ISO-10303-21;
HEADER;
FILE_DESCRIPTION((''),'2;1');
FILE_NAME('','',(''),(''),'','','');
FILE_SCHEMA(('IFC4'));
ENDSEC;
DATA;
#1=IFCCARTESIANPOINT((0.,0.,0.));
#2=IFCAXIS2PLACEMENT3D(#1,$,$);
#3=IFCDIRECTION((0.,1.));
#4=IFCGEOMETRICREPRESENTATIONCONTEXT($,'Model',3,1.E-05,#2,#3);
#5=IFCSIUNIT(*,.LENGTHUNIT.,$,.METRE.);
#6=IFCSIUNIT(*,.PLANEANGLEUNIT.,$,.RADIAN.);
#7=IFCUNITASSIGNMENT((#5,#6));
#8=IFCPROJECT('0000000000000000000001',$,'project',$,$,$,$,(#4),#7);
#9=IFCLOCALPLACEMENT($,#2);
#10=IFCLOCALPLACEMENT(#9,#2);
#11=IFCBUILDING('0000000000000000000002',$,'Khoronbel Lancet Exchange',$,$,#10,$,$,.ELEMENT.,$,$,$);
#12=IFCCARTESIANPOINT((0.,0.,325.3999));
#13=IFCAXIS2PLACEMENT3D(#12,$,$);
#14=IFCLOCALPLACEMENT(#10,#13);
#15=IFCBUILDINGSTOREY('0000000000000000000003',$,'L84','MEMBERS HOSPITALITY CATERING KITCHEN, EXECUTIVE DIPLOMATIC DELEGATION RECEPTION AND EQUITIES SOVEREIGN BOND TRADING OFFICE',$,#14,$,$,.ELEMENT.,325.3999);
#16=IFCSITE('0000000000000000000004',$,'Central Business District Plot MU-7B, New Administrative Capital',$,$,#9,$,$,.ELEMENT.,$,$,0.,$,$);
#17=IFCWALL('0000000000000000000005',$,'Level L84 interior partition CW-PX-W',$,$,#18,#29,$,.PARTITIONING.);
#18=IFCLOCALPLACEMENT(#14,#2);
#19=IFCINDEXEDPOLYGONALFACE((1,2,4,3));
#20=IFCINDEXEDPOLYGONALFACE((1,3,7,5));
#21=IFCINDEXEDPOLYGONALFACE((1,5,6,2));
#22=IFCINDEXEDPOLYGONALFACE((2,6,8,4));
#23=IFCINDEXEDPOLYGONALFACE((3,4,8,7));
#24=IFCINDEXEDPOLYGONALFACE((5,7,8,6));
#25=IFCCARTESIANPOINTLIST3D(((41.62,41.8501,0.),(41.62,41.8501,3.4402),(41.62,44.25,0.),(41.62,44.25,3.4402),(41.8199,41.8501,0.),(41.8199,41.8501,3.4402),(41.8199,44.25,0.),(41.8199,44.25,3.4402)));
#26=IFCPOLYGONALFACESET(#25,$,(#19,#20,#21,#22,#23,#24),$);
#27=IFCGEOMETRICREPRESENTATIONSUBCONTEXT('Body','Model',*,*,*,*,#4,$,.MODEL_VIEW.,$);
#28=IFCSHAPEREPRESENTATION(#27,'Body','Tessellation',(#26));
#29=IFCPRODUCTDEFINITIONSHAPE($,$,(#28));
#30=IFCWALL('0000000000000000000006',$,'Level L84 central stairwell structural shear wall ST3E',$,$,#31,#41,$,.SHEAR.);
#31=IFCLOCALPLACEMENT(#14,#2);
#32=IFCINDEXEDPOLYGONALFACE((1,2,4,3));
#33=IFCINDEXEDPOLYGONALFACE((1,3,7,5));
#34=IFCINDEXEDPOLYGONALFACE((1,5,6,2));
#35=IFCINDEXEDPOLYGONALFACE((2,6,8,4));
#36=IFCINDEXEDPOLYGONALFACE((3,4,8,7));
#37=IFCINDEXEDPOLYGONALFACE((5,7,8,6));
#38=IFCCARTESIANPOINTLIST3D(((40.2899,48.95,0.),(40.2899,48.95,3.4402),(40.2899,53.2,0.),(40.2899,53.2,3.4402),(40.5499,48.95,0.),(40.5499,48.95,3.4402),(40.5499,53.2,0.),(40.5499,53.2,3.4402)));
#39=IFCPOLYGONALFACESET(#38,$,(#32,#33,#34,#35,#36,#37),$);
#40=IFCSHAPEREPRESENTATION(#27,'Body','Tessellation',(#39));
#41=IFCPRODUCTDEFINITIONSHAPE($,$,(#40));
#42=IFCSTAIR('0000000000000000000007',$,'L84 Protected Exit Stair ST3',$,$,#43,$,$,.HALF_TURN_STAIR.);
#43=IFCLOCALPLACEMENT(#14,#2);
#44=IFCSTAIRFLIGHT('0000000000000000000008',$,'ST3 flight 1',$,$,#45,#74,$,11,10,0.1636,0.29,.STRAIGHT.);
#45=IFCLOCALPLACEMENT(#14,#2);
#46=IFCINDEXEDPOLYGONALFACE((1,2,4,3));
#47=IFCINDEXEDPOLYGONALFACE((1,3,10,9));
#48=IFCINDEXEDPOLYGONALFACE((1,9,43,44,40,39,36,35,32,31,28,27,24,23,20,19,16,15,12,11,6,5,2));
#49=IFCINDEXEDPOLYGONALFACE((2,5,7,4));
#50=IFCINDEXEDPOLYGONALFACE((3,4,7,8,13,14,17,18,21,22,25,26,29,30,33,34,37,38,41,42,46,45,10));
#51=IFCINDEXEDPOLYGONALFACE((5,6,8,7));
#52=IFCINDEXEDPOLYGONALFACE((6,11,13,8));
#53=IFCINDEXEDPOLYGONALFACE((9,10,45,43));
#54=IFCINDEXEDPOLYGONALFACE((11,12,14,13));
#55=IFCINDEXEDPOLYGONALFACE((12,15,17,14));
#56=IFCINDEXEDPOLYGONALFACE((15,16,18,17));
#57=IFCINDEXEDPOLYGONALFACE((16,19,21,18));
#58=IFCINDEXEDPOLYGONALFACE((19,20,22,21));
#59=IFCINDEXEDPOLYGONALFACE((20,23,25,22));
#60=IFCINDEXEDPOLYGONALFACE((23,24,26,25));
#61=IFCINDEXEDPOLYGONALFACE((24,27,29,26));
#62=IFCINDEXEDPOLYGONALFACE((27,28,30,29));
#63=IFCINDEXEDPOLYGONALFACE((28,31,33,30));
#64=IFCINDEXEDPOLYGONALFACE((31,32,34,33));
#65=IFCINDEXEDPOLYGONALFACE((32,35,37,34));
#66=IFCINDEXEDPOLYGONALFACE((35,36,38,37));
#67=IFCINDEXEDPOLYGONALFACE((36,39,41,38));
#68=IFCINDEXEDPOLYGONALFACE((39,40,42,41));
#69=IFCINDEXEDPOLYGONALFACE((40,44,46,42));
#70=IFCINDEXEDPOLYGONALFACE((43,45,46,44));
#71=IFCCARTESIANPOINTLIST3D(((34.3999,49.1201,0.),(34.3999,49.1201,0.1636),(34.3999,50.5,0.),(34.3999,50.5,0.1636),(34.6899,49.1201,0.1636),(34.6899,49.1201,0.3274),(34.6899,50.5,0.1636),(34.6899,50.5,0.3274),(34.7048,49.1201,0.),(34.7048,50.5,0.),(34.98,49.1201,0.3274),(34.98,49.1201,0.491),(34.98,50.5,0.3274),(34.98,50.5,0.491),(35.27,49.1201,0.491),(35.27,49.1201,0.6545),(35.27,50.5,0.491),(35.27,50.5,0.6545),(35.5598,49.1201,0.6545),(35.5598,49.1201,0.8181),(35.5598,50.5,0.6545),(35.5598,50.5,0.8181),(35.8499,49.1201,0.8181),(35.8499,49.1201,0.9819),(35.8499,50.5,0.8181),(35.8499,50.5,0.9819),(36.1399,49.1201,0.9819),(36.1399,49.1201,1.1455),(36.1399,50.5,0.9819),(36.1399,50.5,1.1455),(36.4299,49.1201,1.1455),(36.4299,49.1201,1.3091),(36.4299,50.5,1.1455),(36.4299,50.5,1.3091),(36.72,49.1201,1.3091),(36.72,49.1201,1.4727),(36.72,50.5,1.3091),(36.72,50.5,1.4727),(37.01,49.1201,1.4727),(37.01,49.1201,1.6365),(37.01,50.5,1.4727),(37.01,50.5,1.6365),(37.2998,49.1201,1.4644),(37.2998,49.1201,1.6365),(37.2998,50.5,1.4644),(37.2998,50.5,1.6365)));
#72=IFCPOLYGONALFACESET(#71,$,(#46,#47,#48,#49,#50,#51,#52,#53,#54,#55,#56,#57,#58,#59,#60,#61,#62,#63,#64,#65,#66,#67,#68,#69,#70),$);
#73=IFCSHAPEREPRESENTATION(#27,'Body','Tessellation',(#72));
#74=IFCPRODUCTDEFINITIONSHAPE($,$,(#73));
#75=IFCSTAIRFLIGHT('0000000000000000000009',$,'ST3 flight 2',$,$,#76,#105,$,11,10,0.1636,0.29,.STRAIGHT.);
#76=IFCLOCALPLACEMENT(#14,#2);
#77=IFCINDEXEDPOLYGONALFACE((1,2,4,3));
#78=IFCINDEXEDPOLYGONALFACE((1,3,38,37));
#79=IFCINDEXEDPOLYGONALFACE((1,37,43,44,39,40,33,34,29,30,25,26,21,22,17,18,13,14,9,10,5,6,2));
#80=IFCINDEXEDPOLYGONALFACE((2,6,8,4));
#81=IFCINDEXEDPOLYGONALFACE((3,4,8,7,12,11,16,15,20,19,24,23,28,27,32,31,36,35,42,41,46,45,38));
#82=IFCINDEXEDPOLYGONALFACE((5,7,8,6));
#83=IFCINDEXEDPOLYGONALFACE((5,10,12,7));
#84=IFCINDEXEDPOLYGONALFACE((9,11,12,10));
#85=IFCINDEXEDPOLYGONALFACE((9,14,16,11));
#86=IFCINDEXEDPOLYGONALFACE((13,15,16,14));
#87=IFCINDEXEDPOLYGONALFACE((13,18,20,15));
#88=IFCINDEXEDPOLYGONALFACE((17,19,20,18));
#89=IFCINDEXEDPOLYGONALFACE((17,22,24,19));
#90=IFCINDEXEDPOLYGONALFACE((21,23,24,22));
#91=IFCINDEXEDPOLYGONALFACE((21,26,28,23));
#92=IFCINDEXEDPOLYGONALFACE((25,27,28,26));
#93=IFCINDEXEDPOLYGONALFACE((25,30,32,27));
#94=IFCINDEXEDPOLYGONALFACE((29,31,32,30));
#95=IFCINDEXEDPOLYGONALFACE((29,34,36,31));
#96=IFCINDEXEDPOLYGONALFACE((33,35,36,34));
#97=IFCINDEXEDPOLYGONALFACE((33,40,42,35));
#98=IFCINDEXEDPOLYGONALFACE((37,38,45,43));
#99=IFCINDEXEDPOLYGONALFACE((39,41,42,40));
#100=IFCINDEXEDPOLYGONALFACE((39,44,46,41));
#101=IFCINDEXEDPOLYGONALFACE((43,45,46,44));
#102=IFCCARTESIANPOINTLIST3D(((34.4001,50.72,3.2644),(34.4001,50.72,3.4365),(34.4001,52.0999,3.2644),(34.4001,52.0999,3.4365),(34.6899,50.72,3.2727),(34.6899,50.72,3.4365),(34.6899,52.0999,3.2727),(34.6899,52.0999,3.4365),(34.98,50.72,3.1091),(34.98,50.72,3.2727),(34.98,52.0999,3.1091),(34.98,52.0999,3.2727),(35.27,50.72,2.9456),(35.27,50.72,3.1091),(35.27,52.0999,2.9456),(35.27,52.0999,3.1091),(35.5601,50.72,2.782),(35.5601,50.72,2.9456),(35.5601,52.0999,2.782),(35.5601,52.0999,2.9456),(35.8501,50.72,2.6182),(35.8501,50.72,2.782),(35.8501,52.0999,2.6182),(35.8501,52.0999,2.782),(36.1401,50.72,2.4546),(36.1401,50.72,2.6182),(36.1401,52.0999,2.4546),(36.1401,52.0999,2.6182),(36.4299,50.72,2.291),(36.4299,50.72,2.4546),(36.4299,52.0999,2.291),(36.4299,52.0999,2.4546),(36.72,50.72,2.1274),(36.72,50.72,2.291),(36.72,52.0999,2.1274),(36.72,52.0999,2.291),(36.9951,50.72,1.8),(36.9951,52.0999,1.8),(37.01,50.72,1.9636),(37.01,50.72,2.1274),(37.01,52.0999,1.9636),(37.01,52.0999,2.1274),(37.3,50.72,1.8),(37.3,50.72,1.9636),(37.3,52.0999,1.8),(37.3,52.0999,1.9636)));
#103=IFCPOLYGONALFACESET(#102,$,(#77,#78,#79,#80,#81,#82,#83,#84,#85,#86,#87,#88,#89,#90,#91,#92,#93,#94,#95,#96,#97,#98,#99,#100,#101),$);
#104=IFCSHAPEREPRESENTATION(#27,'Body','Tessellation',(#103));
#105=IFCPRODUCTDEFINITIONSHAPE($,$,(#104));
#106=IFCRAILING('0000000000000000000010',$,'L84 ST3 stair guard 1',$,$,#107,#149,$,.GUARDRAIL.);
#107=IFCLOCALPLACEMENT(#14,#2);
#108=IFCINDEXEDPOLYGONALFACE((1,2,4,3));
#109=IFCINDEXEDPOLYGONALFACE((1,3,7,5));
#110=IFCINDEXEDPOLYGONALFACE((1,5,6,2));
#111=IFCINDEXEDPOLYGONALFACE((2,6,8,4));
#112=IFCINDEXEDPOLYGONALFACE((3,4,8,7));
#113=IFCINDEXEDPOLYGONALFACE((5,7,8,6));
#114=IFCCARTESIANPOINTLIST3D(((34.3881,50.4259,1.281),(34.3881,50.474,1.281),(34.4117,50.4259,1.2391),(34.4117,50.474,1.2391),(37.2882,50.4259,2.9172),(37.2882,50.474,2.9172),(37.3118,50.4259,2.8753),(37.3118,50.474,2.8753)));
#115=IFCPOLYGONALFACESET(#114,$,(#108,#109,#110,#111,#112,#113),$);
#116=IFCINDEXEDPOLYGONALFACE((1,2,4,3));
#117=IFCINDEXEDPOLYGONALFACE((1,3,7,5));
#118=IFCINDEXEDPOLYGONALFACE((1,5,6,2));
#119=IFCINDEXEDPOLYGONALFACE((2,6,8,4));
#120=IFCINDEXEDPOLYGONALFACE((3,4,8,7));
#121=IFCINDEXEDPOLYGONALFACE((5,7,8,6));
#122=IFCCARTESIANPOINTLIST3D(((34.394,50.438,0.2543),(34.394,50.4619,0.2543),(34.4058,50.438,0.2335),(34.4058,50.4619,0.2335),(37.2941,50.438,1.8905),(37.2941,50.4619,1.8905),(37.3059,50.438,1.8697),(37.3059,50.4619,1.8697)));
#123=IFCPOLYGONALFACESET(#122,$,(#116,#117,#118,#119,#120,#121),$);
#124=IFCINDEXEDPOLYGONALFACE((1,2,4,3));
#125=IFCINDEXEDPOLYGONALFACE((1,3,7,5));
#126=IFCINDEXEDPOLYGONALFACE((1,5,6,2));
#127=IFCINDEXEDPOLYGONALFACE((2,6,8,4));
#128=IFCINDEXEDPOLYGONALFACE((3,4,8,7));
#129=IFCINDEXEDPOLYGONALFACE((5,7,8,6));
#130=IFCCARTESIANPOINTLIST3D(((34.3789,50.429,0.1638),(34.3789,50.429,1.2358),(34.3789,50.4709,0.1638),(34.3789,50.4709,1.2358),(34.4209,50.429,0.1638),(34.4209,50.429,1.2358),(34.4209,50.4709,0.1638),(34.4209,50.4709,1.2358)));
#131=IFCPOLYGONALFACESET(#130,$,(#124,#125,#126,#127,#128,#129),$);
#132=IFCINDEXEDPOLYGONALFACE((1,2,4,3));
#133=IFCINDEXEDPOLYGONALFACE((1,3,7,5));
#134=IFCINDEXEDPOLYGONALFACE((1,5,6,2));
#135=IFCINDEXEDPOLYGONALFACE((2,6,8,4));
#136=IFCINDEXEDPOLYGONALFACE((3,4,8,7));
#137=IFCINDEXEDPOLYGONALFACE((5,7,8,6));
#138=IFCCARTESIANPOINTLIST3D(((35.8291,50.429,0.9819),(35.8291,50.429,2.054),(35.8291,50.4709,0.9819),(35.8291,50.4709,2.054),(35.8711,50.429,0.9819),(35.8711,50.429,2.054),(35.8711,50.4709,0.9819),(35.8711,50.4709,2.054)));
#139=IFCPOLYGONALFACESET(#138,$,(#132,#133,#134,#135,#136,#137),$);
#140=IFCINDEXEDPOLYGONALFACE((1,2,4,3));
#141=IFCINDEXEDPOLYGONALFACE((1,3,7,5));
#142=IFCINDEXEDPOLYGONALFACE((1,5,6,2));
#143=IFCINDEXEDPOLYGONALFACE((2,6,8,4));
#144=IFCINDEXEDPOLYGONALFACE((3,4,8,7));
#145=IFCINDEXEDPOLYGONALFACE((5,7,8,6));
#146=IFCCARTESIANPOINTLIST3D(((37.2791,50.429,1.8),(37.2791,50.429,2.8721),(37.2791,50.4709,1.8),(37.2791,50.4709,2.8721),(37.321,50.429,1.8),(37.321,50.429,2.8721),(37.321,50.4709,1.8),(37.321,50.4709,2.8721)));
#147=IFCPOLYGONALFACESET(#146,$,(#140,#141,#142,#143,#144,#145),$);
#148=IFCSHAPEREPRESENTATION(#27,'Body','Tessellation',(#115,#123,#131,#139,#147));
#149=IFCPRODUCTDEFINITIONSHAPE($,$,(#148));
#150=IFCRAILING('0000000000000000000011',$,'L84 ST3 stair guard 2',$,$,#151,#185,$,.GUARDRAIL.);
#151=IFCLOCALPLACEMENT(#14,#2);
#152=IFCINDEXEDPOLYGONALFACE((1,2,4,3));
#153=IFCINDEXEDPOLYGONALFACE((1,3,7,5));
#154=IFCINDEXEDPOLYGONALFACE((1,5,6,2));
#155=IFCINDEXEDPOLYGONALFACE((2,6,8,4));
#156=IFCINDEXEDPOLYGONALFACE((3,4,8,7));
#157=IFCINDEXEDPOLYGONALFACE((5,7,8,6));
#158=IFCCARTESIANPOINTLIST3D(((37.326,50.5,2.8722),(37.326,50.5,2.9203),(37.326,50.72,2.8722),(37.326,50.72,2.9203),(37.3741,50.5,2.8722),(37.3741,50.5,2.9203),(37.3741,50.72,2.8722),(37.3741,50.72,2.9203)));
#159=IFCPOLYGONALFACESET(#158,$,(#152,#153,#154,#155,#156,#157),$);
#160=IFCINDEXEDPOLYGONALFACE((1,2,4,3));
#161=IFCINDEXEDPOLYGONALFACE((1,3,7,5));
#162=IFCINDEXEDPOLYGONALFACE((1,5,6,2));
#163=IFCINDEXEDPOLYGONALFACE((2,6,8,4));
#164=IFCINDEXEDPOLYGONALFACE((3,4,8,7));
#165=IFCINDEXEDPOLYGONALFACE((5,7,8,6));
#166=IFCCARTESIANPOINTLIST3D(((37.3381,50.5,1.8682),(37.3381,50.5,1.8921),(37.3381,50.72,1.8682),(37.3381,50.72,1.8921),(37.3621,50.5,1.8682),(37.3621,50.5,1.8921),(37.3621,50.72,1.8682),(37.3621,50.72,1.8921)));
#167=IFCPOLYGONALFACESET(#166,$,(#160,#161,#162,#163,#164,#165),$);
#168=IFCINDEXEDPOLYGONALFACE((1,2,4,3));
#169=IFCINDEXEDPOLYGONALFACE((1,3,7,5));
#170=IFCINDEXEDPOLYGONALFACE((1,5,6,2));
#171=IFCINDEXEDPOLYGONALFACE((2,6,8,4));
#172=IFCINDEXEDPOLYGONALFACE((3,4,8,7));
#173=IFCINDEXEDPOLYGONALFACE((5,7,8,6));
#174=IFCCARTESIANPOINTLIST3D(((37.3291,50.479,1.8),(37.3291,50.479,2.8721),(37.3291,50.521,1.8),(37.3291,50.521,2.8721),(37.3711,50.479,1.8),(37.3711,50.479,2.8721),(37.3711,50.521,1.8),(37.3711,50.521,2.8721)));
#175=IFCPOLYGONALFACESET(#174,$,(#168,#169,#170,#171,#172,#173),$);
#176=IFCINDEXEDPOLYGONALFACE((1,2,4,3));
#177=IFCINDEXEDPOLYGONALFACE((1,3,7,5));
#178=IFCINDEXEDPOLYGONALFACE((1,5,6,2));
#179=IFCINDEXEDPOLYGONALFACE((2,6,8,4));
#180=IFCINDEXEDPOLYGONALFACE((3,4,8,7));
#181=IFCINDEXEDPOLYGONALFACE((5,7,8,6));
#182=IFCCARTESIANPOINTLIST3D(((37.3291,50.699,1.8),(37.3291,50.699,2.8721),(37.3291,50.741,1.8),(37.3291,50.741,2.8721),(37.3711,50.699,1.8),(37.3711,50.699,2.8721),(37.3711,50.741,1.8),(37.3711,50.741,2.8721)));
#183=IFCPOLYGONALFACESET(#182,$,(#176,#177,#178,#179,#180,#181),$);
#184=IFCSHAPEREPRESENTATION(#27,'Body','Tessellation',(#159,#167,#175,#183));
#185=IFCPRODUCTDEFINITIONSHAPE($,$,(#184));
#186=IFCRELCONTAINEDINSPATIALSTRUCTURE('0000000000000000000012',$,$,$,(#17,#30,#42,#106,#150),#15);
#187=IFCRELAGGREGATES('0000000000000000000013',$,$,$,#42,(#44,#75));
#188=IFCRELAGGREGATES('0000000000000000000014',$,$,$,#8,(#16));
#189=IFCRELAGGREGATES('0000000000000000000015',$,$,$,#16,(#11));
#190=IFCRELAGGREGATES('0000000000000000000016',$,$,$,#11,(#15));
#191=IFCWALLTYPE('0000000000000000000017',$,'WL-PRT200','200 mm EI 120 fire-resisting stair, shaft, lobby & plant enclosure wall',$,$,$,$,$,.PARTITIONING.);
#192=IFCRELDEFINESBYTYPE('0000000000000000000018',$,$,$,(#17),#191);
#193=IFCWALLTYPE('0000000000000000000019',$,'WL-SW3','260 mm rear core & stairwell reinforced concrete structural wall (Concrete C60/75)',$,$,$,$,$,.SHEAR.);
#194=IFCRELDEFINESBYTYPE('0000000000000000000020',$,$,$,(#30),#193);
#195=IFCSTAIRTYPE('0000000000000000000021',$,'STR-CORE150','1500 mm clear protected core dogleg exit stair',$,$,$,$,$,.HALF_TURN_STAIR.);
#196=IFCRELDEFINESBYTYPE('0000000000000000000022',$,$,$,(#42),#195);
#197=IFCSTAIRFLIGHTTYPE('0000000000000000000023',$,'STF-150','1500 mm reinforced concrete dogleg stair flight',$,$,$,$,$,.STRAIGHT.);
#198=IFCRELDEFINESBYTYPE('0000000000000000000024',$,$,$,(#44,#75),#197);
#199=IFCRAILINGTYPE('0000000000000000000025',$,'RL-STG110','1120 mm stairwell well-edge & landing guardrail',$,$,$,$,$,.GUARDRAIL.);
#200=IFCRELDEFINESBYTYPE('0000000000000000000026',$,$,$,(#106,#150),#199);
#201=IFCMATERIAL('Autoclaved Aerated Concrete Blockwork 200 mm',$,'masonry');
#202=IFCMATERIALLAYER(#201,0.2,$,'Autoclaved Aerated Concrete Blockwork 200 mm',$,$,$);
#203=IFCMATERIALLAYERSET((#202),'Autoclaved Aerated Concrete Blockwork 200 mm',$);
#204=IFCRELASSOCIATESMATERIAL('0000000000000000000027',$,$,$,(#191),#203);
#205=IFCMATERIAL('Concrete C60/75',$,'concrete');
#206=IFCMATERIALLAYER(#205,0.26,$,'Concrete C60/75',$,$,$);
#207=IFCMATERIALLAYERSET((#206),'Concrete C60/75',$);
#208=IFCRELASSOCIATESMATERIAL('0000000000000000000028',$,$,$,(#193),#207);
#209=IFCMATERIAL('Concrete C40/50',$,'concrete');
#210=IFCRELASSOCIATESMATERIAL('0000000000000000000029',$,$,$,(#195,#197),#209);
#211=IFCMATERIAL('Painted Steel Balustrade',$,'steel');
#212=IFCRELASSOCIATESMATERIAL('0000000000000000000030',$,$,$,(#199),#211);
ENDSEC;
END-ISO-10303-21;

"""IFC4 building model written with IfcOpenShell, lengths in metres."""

from ifc_helpers import new_model, si_unit, direction, frame, frame_2d, origin, origin_2d, place, context, subcontext, project, spatial, polyline, rectangle, outline, extrude, material, layer, layer_set, type_object, element, aggregate, save


model = new_model("IFC4")

# Units and contexts
model_context = context("Model", 3, precision=1e-05, world=origin(), true_north=direction((0.0, 1.0)))
body_context = subcontext(model_context, "Body", "Model", "MODEL_VIEW")
ifc_project = project(units=[si_unit("LENGTHUNIT", "METRE"), si_unit("PLANEANGLEUNIT", "RADIAN")], contexts=[model_context])

# Site, building, storey
site_placement = place(None, origin())
site = spatial("IfcSite", under=ifc_project, at=site_placement, Name="Central Business District Plot MU-7B, New Administrative Capital", CompositionType="ELEMENT", RefElevation=0.0)
building_placement = place(site_placement, origin())
building = spatial("IfcBuilding", under=site, at=building_placement, Name="Khoronbel Lancet Exchange", CompositionType="ELEMENT")
storey_placement = place(building_placement, frame((0.0, 0.0, 325.3999)))
storey = spatial("IfcBuildingStorey", under=building, at=storey_placement, Name="L84", Description="MEMBERS HOSPITALITY CATERING KITCHEN, EXECUTIVE DIPLOMATIC DELEGATION RECEPTION AND EQUITIES SOVEREIGN BOND TRADING OFFICE", CompositionType="ELEMENT", Elevation=325.3999)

# Shared definitions
ifc_material_1 = material(Name="Concrete C60/75", Category="concrete")

# Shared definitions
ifc_material_2 = material(Name="Autoclaved Aerated Concrete Blockwork 200 mm", Category="masonry")
ifc_layer_1 = layer(ifc_material_2, 0.2, Name="Autoclaved Aerated Concrete Blockwork 200 mm")
ifc_layer_set_1 = layer_set([ifc_layer_1], Name="Autoclaved Aerated Concrete Blockwork 200 mm")
wall_type_1 = type_object("IfcWallType", Name="WL-PRT200", Description="200 mm EI 120 fire-resisting stair, shaft, lobby & plant enclosure wall", PredefinedType="PARTITIONING", material=ifc_layer_set_1)

# Walls
wall_1_placement = place(storey_placement, frame((41.72, 41.8501, 0.0), z_axis=(0.0, 0.0, 1.0), x_axis=(0.0, 1.0, 0.0)))
element("IfcWall", 1, at=wall_1_placement, inside=storey, type_object=wall_type_1, Name="Level L84 interior partition CW-PX-W", PredefinedType="PARTITIONING", context=body_context, shape_type="SweptSolid", body=[
    extrude(rectangle(XDim=2.3999, YDim=0.2, at=frame_2d((1.2, 0.0))), origin(), (0.0, 0.0, 1.0), 3.4402),
])
ifc_layer_2 = layer(ifc_material_1, 0.26, Name="Concrete C60/75")
ifc_layer_set_2 = layer_set([ifc_layer_2], Name="Concrete C60/75")
wall_type_2 = type_object("IfcWallType", Name="WL-SW3", Description="260 mm rear core & stairwell reinforced concrete structural wall (Concrete C60/75)", PredefinedType="SHEAR", material=ifc_layer_set_2)
wall_2_placement = place(storey_placement, frame((40.4199, 48.95, 0.0), z_axis=(0.0, 0.0, 1.0), x_axis=(0.0, 1.0, 0.0)))
element("IfcWall", 2, at=wall_2_placement, inside=storey, type_object=wall_type_2, Name="Level L84 central stairwell structural shear wall ST3E", PredefinedType="SHEAR", context=body_context, shape_type="SweptSolid", body=[
    extrude(rectangle(XDim=4.25, YDim=0.26, at=frame_2d((2.125, 0.0))), origin(), (0.0, 0.0, 1.0), 3.4402),
])

# Stair, stair flights
ifc_material_3 = material(Name="Concrete C40/50", Category="concrete")
stair_type = type_object("IfcStairType", Name="STR-CORE150", Description="1500 mm clear protected core dogleg exit stair", PredefinedType="HALF_TURN_STAIR", material=ifc_material_3)
stair_placement = place(storey_placement, origin())
stair = element("IfcStair", 3, at=stair_placement, inside=storey, type_object=stair_type, Name="L84 Protected Exit Stair ST3", PredefinedType="HALF_TURN_STAIR")
stair_flight_type = type_object("IfcStairFlightType", Name="STF-150", Description="1500 mm reinforced concrete dogleg stair flight", PredefinedType="STRAIGHT", material=ifc_material_3)
stair_flight_1_placement = place(storey_placement, frame((34.3999, 49.8101, 0.0), z_axis=(0.0, 0.0, 1.0), x_axis=(1.0, 0.0, 0.0)))
stair_flight_1 = element("IfcStairFlight", 4, at=stair_flight_1_placement, type_object=stair_flight_type, Name="ST3 flight 1", NumberOfRisers=11, NumberOfTreads=10, PredefinedType="STRAIGHT", RiserHeight=0.1636, TreadLength=0.29, context=body_context, shape_type="SweptSolid", body=[
    extrude(outline(polyline([(0.0, 0.0), (0.0, 0.1636), (0.29, 0.1636), (0.29, 0.3274), (0.5801, 0.3274), (0.5801, 0.491), (0.8701, 0.491), (0.8701, 0.6545), (1.1599, 0.6545), (1.1599, 0.8181), (1.45, 0.8181), (1.45, 0.9819), (1.74, 0.9819), (1.74, 1.1455), (2.03, 1.1455), (2.03, 1.3091), (2.3201, 1.3091), (2.3201, 1.4727), (2.6101, 1.4727), (2.6101, 1.6365), (2.8999, 1.6365), (2.8999, 1.8), (2.8999, 1.4644), (0.3049, 0.0), (0.0, 0.0)])), frame((0.0, 0.6899, 0.0), z_axis=(0.0, -1.0, 0.0), x_axis=(1.0, 0.0, 0.0)), (0.0, 0.0, 1.0), 1.3799),
])
stair_flight_2_placement = place(storey_placement, frame((37.3, 51.4099, 1.8), z_axis=(0.0, 0.0, 1.0), x_axis=(-1.0, 0.0, 0.0)))
stair_flight_2 = element("IfcStairFlight", 5, at=stair_flight_2_placement, type_object=stair_flight_type, Name="ST3 flight 2", NumberOfRisers=11, NumberOfTreads=10, PredefinedType="STRAIGHT", RiserHeight=0.1636, TreadLength=0.29, context=body_context, shape_type="SweptSolid", body=[
    extrude(outline(polyline([(0.0, 0.0), (0.0, 0.1636), (0.29, 0.1636), (0.29, 0.3274), (0.5801, 0.3274), (0.5801, 0.491), (0.8701, 0.491), (0.8701, 0.6545), (1.1599, 0.6545), (1.1599, 0.8181), (1.45, 0.8181), (1.45, 0.9819), (1.74, 0.9819), (1.74, 1.1455), (2.03, 1.1455), (2.03, 1.3091), (2.3201, 1.3091), (2.3201, 1.4727), (2.6101, 1.4727), (2.6101, 1.6365), (2.8999, 1.6365), (2.8999, 1.8), (2.8999, 1.4644), (0.3049, 0.0), (0.0, 0.0)])), frame((0.0, 0.6899, 0.0), z_axis=(0.0, -1.0, 0.0), x_axis=(1.0, 0.0, 0.0)), (0.0, 0.0, 1.0), 1.3799),
])
aggregate(stair, [stair_flight_1, stair_flight_2])

# Railings
ifc_material_4 = material(Name="Painted Steel Balustrade", Category="steel")
railing_type_1 = type_object("IfcRailingType", Name="RL-STG110", Description="1120 mm stairwell well-edge & landing guardrail", PredefinedType="GUARDRAIL", material=ifc_material_4)
railing_1_placement = place(storey_placement, frame((34.3999, 50.45, 0.1638)))
element("IfcRailing", 6, at=railing_1_placement, inside=storey, type_object=railing_type_1, Name="L84 ST3 stair guard 1", PredefinedType="GUARDRAIL", context=body_context, shape_type="SweptSolid", body=[
    extrude(rectangle(XDim=0.0481, YDim=0.0481, at=origin_2d()), frame((0.0, 0.0, 1.0962), z_axis=(0.870946, 0.0, 0.491378), x_axis=(0.0, 1.0, 0.0)), (0.0, 0.0, 1.0), 3.3298),
    extrude(rectangle(XDim=0.0239, YDim=0.0239, at=origin_2d()), frame((0.0, 0.0, 0.0801), z_axis=(0.870946, 0.0, 0.491378), x_axis=(0.0, 1.0, 0.0)), (0.0, 0.0, 1.0), 3.3298),
    extrude(rectangle(XDim=0.042, YDim=0.042, at=origin_2d()), origin(), (0.0, 0.0, 1.0), 1.072),
    extrude(rectangle(XDim=0.042, YDim=0.042, at=origin_2d()), frame((1.4502, 0.0, 0.8181)), (0.0, 0.0, 1.0), 1.072),
    extrude(rectangle(XDim=0.042, YDim=0.042, at=origin_2d()), frame((2.9001, 0.0, 1.6362)), (0.0, 0.0, 1.0), 1.072),
])
railing_2_placement = place(storey_placement, frame((37.3501, 50.5, 1.8)))
element("IfcRailing", 7, at=railing_2_placement, inside=storey, type_object=railing_type_1, Name="L84 ST3 stair guard 2", PredefinedType="GUARDRAIL", context=body_context, shape_type="SweptSolid", body=[
    extrude(rectangle(XDim=0.0481, YDim=0.0481, at=origin_2d()), frame((0.0, 0.0, 1.0962), z_axis=(0.0, 1.0, 0.0), x_axis=(-1.0, 0.0, 0.0)), (0.0, 0.0, 1.0), 0.22),
    extrude(rectangle(XDim=0.0239, YDim=0.0239, at=origin_2d()), frame((0.0, 0.0, 0.0801), z_axis=(0.0, 1.0, 0.0), x_axis=(-1.0, 0.0, 0.0)), (0.0, 0.0, 1.0), 0.22),
    extrude(rectangle(XDim=0.042, YDim=0.042, at=origin_2d()), origin(), (0.0, 0.0, 1.0), 1.072),
    extrude(rectangle(XDim=0.042, YDim=0.042, at=origin_2d()), frame((0.0, 0.22, 0.0)), (0.0, 0.0, 1.0), 1.072),
])

save(model, "model.ifc")
